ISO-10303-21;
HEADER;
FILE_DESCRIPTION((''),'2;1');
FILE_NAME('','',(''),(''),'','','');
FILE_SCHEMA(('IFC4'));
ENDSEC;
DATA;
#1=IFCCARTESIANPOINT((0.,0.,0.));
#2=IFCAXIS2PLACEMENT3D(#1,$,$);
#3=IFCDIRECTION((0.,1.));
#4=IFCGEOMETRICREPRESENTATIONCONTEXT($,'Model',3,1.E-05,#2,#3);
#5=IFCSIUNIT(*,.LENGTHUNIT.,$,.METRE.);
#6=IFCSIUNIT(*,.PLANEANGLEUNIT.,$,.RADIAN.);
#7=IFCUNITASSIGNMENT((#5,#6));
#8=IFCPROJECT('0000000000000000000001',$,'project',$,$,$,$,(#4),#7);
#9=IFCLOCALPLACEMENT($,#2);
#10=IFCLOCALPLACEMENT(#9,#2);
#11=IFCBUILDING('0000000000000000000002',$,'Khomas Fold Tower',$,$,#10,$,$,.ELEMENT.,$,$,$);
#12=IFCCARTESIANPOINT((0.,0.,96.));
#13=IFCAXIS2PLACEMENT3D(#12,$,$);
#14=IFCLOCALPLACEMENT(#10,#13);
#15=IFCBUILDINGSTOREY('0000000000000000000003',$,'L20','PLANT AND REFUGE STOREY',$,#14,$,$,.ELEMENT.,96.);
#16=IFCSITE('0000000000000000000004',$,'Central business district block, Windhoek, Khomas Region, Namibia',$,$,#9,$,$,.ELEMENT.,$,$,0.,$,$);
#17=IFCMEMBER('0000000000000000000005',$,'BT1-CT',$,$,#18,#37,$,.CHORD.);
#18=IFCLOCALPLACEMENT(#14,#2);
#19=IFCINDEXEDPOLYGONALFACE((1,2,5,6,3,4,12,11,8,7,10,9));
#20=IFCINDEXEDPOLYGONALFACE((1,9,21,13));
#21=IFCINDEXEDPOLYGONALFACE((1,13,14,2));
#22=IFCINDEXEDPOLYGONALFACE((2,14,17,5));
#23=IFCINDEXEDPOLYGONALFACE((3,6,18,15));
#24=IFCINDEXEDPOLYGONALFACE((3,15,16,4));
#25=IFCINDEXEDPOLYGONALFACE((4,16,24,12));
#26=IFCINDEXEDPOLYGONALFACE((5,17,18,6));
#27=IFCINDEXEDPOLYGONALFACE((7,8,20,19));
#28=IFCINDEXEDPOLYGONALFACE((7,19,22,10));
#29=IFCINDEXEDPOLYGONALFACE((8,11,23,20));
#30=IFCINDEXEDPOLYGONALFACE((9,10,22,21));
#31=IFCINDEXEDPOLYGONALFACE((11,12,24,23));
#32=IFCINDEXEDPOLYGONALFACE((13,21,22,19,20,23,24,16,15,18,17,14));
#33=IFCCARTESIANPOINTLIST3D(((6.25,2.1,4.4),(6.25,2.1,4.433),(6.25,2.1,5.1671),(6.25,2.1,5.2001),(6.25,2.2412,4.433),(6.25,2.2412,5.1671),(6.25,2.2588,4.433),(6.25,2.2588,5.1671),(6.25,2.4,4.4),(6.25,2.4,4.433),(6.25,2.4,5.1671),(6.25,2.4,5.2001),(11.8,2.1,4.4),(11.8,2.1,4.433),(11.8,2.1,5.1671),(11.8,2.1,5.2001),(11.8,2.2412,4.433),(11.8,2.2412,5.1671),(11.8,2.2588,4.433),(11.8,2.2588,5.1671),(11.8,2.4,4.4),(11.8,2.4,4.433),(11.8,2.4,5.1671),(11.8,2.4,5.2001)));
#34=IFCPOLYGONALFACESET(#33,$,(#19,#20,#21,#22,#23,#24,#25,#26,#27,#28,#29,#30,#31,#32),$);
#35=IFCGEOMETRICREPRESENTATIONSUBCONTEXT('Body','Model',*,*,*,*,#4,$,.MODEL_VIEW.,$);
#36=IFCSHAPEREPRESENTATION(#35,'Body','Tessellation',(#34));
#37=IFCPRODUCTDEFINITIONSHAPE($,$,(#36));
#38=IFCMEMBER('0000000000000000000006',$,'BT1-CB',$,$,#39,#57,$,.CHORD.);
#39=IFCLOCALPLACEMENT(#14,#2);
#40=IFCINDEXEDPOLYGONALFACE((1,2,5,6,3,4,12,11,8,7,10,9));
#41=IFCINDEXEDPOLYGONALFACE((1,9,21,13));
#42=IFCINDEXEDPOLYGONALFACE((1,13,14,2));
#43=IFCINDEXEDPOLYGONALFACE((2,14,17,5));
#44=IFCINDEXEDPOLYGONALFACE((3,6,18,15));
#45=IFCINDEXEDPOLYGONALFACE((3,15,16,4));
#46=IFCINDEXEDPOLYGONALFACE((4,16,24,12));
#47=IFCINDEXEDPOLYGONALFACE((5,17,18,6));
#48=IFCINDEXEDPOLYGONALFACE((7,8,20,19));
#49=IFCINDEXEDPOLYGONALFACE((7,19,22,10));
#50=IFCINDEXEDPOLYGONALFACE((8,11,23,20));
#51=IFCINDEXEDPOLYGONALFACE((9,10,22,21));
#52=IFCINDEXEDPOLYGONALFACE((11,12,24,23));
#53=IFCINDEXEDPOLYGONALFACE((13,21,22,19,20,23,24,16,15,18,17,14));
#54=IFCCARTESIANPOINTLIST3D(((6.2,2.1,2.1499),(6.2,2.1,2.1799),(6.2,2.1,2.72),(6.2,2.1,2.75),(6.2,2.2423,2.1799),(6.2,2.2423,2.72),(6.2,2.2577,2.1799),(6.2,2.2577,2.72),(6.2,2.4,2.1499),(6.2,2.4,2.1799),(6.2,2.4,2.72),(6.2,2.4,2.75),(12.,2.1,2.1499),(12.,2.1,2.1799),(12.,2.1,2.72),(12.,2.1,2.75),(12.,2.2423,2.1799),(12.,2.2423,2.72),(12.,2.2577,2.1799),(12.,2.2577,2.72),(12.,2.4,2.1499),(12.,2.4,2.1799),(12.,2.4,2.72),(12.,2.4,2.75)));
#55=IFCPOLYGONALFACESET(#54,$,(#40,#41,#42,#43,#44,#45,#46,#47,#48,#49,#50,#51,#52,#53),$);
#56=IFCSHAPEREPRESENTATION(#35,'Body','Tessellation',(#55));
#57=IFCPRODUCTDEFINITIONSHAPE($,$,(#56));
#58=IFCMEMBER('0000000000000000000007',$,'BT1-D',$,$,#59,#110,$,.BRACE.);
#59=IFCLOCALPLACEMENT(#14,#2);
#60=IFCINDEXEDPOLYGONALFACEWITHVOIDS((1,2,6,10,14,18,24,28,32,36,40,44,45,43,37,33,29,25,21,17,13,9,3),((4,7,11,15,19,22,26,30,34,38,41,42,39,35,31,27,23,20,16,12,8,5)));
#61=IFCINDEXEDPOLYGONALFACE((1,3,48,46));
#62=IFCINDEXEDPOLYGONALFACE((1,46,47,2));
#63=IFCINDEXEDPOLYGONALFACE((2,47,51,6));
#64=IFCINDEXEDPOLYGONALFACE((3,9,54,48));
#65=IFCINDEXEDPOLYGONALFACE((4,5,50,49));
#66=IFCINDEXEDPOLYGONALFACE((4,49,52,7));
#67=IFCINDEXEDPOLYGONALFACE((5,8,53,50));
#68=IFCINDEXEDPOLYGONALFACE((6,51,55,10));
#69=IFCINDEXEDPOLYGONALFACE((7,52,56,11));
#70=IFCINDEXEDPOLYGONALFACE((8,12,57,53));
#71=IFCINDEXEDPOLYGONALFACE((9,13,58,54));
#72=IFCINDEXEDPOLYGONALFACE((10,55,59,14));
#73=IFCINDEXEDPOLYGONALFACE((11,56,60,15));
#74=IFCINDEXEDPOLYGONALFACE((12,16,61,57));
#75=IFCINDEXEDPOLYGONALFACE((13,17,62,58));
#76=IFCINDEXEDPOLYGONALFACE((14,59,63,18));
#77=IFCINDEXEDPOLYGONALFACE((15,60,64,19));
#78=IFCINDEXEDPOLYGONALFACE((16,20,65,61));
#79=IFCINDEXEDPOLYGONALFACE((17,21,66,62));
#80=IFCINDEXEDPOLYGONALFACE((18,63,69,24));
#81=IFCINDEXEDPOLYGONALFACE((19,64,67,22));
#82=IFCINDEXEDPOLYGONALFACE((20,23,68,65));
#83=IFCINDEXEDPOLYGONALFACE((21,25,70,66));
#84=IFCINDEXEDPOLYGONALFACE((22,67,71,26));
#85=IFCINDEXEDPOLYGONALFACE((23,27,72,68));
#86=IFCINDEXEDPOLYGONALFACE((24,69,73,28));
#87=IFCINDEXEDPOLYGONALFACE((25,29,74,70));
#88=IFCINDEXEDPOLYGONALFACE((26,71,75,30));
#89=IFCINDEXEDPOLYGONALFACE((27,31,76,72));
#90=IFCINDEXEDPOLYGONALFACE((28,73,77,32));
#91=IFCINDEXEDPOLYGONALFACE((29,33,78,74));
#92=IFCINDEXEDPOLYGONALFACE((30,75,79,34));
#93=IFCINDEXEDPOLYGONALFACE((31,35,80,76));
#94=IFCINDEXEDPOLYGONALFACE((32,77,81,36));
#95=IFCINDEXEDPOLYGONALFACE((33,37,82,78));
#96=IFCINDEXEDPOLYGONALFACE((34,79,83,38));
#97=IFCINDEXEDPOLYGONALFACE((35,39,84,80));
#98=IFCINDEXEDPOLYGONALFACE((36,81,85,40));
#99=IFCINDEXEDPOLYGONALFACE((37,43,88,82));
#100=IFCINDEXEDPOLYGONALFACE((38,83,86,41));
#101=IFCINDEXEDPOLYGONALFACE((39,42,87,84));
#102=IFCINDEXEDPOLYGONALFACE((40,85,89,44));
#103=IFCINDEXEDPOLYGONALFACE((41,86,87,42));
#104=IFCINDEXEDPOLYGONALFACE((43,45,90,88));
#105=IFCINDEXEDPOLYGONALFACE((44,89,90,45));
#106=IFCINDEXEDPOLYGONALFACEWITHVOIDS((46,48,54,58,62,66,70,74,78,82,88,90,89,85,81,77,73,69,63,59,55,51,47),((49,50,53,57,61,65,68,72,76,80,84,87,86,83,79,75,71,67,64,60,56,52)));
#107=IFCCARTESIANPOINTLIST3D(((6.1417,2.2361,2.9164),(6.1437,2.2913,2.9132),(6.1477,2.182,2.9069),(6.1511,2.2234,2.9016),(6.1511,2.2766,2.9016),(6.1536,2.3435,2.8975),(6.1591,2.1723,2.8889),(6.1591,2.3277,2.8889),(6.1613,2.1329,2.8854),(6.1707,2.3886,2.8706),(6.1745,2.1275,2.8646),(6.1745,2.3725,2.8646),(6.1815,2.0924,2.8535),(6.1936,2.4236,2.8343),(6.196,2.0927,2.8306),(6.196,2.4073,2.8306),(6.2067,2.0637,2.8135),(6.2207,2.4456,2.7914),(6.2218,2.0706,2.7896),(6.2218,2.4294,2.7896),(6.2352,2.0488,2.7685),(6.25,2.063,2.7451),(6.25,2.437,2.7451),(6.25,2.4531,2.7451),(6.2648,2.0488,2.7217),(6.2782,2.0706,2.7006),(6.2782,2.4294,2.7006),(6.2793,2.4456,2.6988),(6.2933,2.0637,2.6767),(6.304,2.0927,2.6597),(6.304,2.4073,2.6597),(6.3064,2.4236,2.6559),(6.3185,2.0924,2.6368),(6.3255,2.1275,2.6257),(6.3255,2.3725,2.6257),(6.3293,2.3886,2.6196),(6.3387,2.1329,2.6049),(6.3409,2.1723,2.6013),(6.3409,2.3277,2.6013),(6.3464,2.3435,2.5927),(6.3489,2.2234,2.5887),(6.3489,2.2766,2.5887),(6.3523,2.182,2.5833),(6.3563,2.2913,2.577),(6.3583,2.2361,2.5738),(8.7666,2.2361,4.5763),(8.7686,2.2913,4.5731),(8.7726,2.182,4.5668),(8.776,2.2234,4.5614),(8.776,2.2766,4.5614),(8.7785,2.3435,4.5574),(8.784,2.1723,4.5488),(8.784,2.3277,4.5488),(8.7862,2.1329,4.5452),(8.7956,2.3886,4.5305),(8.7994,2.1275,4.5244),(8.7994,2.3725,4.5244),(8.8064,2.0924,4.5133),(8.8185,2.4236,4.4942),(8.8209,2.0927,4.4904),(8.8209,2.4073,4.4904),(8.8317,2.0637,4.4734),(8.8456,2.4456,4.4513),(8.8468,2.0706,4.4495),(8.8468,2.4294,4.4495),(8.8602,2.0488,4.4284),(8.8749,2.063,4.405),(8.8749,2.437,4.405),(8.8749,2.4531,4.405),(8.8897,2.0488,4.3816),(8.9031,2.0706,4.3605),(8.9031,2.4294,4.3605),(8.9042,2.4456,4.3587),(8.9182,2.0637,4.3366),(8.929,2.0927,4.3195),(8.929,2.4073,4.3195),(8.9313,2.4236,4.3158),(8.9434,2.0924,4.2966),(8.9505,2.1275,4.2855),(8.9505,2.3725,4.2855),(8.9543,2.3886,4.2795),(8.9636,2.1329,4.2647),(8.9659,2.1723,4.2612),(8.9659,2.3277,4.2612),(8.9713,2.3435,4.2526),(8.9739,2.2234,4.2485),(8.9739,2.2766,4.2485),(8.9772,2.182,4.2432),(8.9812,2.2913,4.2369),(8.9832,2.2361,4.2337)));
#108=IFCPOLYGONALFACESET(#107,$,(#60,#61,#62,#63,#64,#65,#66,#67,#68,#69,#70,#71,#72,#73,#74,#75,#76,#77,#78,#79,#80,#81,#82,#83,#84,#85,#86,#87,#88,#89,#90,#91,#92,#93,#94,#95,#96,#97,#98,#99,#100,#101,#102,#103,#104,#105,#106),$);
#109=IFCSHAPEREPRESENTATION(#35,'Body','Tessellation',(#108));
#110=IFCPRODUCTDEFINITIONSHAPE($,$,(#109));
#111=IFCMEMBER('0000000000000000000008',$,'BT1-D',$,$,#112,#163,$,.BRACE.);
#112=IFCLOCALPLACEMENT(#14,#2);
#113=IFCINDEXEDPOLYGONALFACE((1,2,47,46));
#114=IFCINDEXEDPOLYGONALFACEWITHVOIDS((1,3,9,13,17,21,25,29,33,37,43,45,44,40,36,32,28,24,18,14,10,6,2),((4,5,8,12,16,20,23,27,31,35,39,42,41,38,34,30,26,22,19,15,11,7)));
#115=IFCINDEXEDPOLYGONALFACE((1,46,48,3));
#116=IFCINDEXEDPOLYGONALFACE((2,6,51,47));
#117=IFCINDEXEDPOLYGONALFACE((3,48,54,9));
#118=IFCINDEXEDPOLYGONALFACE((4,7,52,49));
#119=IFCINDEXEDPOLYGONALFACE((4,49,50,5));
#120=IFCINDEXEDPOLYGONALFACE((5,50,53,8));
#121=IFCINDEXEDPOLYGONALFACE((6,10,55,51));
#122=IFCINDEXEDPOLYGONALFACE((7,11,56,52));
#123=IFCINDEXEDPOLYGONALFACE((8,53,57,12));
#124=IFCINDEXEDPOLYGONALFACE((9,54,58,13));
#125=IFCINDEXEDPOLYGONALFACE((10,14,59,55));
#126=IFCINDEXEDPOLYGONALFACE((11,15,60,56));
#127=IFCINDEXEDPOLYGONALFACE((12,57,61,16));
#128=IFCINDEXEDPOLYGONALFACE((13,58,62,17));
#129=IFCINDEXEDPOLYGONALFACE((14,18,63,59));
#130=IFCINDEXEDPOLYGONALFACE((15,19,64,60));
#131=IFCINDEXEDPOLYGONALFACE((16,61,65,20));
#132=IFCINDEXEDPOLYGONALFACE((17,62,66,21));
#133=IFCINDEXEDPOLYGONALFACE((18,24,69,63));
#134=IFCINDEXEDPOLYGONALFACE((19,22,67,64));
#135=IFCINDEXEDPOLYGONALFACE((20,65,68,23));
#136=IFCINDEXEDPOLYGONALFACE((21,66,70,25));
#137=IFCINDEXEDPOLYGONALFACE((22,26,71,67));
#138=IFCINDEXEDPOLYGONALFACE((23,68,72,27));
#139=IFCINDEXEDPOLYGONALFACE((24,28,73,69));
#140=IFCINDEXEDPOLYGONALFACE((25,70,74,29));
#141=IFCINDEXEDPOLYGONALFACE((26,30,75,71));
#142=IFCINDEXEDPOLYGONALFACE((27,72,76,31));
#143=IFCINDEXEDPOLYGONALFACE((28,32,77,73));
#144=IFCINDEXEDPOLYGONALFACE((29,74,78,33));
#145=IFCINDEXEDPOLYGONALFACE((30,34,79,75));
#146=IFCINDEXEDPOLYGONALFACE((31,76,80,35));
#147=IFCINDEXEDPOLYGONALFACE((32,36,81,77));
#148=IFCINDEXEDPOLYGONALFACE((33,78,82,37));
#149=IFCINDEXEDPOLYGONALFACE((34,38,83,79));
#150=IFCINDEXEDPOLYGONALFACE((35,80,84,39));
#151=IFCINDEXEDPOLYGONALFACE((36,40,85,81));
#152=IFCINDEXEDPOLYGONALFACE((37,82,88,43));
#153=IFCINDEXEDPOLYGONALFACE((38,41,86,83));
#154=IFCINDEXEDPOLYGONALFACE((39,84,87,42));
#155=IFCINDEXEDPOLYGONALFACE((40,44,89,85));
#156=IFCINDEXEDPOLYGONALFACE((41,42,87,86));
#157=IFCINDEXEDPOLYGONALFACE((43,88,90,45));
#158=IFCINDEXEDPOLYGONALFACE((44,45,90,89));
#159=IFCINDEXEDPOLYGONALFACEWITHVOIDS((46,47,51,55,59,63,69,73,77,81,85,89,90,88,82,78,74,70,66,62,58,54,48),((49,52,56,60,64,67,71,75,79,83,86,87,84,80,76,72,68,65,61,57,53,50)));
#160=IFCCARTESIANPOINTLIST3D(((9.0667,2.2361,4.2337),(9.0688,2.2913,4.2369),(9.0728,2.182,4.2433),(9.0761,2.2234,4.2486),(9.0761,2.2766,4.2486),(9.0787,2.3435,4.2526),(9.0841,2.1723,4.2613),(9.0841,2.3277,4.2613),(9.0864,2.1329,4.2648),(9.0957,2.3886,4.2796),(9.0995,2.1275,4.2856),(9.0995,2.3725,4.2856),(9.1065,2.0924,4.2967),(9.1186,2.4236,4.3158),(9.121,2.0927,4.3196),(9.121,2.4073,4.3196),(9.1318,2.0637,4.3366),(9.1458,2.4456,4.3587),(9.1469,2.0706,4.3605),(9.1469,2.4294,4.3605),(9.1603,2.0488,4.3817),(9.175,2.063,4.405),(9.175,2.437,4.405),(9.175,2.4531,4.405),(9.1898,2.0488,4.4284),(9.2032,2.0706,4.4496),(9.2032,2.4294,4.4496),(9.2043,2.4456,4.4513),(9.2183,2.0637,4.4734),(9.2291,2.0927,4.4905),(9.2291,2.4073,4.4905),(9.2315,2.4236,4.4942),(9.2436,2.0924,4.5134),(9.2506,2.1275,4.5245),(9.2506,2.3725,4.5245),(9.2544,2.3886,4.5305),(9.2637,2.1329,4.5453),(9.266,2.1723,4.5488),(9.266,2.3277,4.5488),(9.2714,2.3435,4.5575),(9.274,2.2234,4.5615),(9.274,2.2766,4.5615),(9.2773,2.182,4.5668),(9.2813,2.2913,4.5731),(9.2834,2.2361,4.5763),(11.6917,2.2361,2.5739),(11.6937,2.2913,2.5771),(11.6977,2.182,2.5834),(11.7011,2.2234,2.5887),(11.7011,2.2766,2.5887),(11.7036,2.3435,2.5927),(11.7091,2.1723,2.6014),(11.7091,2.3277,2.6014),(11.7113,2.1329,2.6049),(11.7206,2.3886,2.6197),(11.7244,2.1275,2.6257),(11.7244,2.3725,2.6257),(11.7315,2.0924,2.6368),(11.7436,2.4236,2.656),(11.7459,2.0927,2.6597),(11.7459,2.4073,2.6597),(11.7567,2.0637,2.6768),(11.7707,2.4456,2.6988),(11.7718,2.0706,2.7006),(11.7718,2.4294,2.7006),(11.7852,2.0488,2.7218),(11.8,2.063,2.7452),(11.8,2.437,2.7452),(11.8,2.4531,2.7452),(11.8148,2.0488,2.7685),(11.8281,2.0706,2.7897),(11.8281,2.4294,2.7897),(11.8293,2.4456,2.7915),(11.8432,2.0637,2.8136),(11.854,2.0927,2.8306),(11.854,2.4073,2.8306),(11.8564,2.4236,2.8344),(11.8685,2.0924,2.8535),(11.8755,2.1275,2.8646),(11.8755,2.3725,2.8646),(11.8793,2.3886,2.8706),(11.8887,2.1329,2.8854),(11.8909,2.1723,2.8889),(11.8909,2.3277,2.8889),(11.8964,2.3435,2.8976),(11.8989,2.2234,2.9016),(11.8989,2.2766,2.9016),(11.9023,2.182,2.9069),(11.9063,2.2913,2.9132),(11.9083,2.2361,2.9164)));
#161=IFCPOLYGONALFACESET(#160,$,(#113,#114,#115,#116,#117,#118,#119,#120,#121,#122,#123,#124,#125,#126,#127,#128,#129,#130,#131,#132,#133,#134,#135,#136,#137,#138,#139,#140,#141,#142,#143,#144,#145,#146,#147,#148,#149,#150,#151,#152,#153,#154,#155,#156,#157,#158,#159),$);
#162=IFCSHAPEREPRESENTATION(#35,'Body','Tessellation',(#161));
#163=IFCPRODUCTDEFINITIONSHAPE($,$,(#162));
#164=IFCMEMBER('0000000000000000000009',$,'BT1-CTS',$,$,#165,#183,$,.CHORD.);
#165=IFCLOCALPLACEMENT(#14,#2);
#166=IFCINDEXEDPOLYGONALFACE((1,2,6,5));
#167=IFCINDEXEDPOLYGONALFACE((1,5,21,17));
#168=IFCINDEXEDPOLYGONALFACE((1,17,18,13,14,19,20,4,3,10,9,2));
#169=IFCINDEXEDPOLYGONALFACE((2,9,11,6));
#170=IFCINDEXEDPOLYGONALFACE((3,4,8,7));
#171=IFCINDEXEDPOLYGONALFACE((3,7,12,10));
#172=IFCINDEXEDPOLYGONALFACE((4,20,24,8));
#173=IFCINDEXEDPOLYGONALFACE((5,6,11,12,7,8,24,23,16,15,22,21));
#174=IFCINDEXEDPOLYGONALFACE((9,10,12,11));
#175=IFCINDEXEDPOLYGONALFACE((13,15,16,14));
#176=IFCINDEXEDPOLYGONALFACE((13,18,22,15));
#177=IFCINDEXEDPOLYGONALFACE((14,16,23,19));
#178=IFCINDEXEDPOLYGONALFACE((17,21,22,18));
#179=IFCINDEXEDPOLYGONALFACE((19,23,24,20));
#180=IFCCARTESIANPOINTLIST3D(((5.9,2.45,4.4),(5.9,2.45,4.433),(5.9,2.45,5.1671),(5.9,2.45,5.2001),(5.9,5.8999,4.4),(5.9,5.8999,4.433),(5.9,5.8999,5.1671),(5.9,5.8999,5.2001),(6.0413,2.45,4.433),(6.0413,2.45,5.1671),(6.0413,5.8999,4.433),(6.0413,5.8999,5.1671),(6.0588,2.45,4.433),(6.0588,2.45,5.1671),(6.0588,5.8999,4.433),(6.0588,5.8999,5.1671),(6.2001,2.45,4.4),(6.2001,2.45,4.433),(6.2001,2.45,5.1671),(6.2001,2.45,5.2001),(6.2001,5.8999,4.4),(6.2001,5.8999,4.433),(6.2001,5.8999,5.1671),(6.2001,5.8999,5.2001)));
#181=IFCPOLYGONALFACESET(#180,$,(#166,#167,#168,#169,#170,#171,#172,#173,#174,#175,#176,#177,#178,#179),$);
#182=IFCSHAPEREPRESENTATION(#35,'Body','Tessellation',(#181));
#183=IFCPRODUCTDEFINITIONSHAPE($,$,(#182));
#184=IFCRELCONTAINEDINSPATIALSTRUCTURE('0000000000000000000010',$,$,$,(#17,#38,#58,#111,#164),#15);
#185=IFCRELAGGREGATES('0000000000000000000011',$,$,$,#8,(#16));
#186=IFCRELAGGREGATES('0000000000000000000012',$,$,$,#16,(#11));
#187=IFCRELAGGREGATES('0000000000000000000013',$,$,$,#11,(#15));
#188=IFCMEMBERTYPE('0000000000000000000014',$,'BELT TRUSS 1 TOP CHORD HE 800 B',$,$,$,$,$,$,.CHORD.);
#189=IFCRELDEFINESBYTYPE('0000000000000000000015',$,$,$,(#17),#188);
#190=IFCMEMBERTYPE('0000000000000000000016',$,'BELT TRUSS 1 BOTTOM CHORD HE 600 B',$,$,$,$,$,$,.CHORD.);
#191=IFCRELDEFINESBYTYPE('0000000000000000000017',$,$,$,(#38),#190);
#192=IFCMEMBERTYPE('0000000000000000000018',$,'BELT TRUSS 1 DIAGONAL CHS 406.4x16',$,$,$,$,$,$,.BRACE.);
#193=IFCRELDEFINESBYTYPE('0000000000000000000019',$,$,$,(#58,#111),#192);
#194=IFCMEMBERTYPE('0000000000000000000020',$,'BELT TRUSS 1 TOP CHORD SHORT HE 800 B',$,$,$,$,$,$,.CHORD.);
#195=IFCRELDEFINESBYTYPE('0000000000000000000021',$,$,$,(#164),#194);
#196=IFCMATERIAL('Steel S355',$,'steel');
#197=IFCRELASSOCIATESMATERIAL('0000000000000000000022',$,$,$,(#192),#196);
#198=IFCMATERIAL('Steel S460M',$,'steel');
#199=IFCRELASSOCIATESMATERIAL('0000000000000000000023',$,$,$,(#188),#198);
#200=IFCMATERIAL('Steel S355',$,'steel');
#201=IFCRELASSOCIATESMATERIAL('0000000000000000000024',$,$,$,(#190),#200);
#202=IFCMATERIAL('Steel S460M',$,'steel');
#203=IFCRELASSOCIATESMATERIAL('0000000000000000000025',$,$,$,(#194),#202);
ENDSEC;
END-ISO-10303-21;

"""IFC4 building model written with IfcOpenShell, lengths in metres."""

from ifc_helpers import new_model, si_unit, direction, frame, origin, origin_2d, place, context, subcontext, project, spatial, hollow_circle, i_section, extrude, source, transform, mapped, material, material_profile, profile_set, type_object, element, save


model = new_model("IFC4")

# Units and contexts
model_context = context("Model", 3, precision=1e-05, world=origin(), true_north=direction((0.0, 1.0)))
body_context = subcontext(model_context, "Body", "Model", "MODEL_VIEW")
ifc_project = project(units=[si_unit("LENGTHUNIT", "METRE"), si_unit("PLANEANGLEUNIT", "RADIAN")], contexts=[model_context])

# Site, building, storey
site_placement = place(None, origin())
site = spatial("IfcSite", under=ifc_project, at=site_placement, Name="Central business district block, Windhoek, Khomas Region, Namibia", CompositionType="ELEMENT", RefElevation=0.0)
building_placement = place(site_placement, origin())
building = spatial("IfcBuilding", under=site, at=building_placement, Name="Khomas Fold Tower", CompositionType="ELEMENT")
storey_placement = place(building_placement, frame((0.0, 0.0, 96.0)))
storey = spatial("IfcBuildingStorey", under=building, at=storey_placement, Name="L20", Description="PLANT AND REFUGE STOREY", CompositionType="ELEMENT", Elevation=96.0)

# Members
ifc_material_1 = material(Name="Steel S355", Category="steel")
ifc_material_profile_1 = material_profile(ifc_material_1, hollow_circle(Radius=0.2031, WallThickness=0.0161, at=origin_2d()), Name="CHS 406.4x16")
ifc_profile_set_1 = profile_set([ifc_material_profile_1], Name="Steel S355")
member_type_1 = type_object("IfcMemberType", Name="BELT TRUSS 1 DIAGONAL CHS 406.4x16", PredefinedType="BRACE", material=ifc_profile_set_1)
ifc_material_2 = material(Name="Steel S460M", Category="steel")
ifc_material_profile_2 = material_profile(ifc_material_2, i_section(OverallWidth=0.3, OverallDepth=0.8, WebThickness=0.0176, FlangeThickness=0.033, at=origin_2d()), Name="HE 800 B")
ifc_profile_set_2 = profile_set([ifc_material_profile_2], Name="Steel S460M")
member_type_2 = type_object("IfcMemberType", Name="BELT TRUSS 1 TOP CHORD HE 800 B", PredefinedType="CHORD", material=ifc_profile_set_2)
shared_shape_1 = source(origin(), body_context, "Body", "SweptSolid", [
    extrude(i_section(OverallWidth=0.3, OverallDepth=0.8, WebThickness=0.0176, FlangeThickness=0.033, at=origin_2d()), origin(), (0.0, 0.0, 1.0), 5.55),
])
member_1_placement = place(storey_placement, frame((6.25, 2.25, 4.8), z_axis=(1.0, 0.0, 0.0), x_axis=(0.0, 1.0, 0.0)))
element("IfcMember", 1, at=member_1_placement, inside=storey, type_object=member_type_2, Name="BT1-CT", PredefinedType="CHORD", context=body_context, shape_type="MappedRepresentation", body=[
    mapped(shared_shape_1, transform((0.0, 0.0, 0.0))),
])
ifc_material_3 = material(Name="Steel S355", Category="steel")
ifc_material_profile_3 = material_profile(ifc_material_3, i_section(OverallWidth=0.3, OverallDepth=0.6001, WebThickness=0.0154, FlangeThickness=0.03, at=origin_2d()), Name="HE 600 B")
ifc_profile_set_3 = profile_set([ifc_material_profile_3], Name="Steel S355")
member_type_3 = type_object("IfcMemberType", Name="BELT TRUSS 1 BOTTOM CHORD HE 600 B", PredefinedType="CHORD", material=ifc_profile_set_3)
shared_shape_2 = source(origin(), body_context, "Body", "SweptSolid", [
    extrude(i_section(OverallWidth=0.3, OverallDepth=0.6001, WebThickness=0.0154, FlangeThickness=0.03, at=origin_2d()), origin(), (0.0, 0.0, 1.0), 5.8),
])
member_2_placement = place(storey_placement, frame((6.2, 2.25, 2.45), z_axis=(1.0, 0.0, 0.0), x_axis=(0.0, 1.0, 0.0)))
element("IfcMember", 2, at=member_2_placement, inside=storey, type_object=member_type_3, Name="BT1-CB", PredefinedType="CHORD", context=body_context, shape_type="MappedRepresentation", body=[
    mapped(shared_shape_2, transform((0.0, 0.0, 0.0))),
])
shared_shape_3 = source(origin(), body_context, "Body", "SweptSolid", [
    extrude(hollow_circle(Radius=0.2031, WallThickness=0.0161, at=origin_2d()), origin(), (0.0, 0.0, 1.0), 3.1057),
])
for number, where, z_axis, x_axis, name in (
    (3, (6.25, 2.25, 2.7451), (0.845196, 0.0, 0.534457), (0.0, 1.0, 0.0), "BT1-D"),
    (4, (9.175, 2.25, 4.405), (0.845196, 0.0, -0.534457), (0.0, 1.0, 0.0), "BT1-D"),
):
    element("IfcMember", number, at=place(storey_placement, frame(where, z_axis=z_axis, x_axis=x_axis)), inside=storey, type_object=member_type_1, Name=name, PredefinedType="BRACE", context=body_context, shape_type="MappedRepresentation", body=[
        mapped(shared_shape_3, transform((0.0, 0.0, 0.0))),
    ])
ifc_material_4 = material(Name="Steel S460M", Category="steel")
ifc_material_profile_4 = material_profile(ifc_material_4, i_section(OverallWidth=0.3, OverallDepth=0.8, WebThickness=0.0176, FlangeThickness=0.033, at=origin_2d()), Name="HE 800 B")
ifc_profile_set_4 = profile_set([ifc_material_profile_4], Name="Steel S460M")
member_type_4 = type_object("IfcMemberType", Name="BELT TRUSS 1 TOP CHORD SHORT HE 800 B", PredefinedType="CHORD", material=ifc_profile_set_4)
shared_shape_4 = source(origin(), body_context, "Body", "SweptSolid", [
    extrude(i_section(OverallWidth=0.3, OverallDepth=0.8, WebThickness=0.0176, FlangeThickness=0.033, at=origin_2d()), origin(), (0.0, 0.0, 1.0), 3.45),
])
member_3_placement = place(storey_placement, frame((6.05, 2.45, 4.8), z_axis=(0.0, 1.0, 0.0), x_axis=(-1.0, 0.0, 0.0)))
element("IfcMember", 5, at=member_3_placement, inside=storey, type_object=member_type_4, Name="BT1-CTS", PredefinedType="CHORD", context=body_context, shape_type="MappedRepresentation", body=[
    mapped(shared_shape_4, transform((0.0, 0.0, 0.0))),
])

save(model, "model.ifc")
